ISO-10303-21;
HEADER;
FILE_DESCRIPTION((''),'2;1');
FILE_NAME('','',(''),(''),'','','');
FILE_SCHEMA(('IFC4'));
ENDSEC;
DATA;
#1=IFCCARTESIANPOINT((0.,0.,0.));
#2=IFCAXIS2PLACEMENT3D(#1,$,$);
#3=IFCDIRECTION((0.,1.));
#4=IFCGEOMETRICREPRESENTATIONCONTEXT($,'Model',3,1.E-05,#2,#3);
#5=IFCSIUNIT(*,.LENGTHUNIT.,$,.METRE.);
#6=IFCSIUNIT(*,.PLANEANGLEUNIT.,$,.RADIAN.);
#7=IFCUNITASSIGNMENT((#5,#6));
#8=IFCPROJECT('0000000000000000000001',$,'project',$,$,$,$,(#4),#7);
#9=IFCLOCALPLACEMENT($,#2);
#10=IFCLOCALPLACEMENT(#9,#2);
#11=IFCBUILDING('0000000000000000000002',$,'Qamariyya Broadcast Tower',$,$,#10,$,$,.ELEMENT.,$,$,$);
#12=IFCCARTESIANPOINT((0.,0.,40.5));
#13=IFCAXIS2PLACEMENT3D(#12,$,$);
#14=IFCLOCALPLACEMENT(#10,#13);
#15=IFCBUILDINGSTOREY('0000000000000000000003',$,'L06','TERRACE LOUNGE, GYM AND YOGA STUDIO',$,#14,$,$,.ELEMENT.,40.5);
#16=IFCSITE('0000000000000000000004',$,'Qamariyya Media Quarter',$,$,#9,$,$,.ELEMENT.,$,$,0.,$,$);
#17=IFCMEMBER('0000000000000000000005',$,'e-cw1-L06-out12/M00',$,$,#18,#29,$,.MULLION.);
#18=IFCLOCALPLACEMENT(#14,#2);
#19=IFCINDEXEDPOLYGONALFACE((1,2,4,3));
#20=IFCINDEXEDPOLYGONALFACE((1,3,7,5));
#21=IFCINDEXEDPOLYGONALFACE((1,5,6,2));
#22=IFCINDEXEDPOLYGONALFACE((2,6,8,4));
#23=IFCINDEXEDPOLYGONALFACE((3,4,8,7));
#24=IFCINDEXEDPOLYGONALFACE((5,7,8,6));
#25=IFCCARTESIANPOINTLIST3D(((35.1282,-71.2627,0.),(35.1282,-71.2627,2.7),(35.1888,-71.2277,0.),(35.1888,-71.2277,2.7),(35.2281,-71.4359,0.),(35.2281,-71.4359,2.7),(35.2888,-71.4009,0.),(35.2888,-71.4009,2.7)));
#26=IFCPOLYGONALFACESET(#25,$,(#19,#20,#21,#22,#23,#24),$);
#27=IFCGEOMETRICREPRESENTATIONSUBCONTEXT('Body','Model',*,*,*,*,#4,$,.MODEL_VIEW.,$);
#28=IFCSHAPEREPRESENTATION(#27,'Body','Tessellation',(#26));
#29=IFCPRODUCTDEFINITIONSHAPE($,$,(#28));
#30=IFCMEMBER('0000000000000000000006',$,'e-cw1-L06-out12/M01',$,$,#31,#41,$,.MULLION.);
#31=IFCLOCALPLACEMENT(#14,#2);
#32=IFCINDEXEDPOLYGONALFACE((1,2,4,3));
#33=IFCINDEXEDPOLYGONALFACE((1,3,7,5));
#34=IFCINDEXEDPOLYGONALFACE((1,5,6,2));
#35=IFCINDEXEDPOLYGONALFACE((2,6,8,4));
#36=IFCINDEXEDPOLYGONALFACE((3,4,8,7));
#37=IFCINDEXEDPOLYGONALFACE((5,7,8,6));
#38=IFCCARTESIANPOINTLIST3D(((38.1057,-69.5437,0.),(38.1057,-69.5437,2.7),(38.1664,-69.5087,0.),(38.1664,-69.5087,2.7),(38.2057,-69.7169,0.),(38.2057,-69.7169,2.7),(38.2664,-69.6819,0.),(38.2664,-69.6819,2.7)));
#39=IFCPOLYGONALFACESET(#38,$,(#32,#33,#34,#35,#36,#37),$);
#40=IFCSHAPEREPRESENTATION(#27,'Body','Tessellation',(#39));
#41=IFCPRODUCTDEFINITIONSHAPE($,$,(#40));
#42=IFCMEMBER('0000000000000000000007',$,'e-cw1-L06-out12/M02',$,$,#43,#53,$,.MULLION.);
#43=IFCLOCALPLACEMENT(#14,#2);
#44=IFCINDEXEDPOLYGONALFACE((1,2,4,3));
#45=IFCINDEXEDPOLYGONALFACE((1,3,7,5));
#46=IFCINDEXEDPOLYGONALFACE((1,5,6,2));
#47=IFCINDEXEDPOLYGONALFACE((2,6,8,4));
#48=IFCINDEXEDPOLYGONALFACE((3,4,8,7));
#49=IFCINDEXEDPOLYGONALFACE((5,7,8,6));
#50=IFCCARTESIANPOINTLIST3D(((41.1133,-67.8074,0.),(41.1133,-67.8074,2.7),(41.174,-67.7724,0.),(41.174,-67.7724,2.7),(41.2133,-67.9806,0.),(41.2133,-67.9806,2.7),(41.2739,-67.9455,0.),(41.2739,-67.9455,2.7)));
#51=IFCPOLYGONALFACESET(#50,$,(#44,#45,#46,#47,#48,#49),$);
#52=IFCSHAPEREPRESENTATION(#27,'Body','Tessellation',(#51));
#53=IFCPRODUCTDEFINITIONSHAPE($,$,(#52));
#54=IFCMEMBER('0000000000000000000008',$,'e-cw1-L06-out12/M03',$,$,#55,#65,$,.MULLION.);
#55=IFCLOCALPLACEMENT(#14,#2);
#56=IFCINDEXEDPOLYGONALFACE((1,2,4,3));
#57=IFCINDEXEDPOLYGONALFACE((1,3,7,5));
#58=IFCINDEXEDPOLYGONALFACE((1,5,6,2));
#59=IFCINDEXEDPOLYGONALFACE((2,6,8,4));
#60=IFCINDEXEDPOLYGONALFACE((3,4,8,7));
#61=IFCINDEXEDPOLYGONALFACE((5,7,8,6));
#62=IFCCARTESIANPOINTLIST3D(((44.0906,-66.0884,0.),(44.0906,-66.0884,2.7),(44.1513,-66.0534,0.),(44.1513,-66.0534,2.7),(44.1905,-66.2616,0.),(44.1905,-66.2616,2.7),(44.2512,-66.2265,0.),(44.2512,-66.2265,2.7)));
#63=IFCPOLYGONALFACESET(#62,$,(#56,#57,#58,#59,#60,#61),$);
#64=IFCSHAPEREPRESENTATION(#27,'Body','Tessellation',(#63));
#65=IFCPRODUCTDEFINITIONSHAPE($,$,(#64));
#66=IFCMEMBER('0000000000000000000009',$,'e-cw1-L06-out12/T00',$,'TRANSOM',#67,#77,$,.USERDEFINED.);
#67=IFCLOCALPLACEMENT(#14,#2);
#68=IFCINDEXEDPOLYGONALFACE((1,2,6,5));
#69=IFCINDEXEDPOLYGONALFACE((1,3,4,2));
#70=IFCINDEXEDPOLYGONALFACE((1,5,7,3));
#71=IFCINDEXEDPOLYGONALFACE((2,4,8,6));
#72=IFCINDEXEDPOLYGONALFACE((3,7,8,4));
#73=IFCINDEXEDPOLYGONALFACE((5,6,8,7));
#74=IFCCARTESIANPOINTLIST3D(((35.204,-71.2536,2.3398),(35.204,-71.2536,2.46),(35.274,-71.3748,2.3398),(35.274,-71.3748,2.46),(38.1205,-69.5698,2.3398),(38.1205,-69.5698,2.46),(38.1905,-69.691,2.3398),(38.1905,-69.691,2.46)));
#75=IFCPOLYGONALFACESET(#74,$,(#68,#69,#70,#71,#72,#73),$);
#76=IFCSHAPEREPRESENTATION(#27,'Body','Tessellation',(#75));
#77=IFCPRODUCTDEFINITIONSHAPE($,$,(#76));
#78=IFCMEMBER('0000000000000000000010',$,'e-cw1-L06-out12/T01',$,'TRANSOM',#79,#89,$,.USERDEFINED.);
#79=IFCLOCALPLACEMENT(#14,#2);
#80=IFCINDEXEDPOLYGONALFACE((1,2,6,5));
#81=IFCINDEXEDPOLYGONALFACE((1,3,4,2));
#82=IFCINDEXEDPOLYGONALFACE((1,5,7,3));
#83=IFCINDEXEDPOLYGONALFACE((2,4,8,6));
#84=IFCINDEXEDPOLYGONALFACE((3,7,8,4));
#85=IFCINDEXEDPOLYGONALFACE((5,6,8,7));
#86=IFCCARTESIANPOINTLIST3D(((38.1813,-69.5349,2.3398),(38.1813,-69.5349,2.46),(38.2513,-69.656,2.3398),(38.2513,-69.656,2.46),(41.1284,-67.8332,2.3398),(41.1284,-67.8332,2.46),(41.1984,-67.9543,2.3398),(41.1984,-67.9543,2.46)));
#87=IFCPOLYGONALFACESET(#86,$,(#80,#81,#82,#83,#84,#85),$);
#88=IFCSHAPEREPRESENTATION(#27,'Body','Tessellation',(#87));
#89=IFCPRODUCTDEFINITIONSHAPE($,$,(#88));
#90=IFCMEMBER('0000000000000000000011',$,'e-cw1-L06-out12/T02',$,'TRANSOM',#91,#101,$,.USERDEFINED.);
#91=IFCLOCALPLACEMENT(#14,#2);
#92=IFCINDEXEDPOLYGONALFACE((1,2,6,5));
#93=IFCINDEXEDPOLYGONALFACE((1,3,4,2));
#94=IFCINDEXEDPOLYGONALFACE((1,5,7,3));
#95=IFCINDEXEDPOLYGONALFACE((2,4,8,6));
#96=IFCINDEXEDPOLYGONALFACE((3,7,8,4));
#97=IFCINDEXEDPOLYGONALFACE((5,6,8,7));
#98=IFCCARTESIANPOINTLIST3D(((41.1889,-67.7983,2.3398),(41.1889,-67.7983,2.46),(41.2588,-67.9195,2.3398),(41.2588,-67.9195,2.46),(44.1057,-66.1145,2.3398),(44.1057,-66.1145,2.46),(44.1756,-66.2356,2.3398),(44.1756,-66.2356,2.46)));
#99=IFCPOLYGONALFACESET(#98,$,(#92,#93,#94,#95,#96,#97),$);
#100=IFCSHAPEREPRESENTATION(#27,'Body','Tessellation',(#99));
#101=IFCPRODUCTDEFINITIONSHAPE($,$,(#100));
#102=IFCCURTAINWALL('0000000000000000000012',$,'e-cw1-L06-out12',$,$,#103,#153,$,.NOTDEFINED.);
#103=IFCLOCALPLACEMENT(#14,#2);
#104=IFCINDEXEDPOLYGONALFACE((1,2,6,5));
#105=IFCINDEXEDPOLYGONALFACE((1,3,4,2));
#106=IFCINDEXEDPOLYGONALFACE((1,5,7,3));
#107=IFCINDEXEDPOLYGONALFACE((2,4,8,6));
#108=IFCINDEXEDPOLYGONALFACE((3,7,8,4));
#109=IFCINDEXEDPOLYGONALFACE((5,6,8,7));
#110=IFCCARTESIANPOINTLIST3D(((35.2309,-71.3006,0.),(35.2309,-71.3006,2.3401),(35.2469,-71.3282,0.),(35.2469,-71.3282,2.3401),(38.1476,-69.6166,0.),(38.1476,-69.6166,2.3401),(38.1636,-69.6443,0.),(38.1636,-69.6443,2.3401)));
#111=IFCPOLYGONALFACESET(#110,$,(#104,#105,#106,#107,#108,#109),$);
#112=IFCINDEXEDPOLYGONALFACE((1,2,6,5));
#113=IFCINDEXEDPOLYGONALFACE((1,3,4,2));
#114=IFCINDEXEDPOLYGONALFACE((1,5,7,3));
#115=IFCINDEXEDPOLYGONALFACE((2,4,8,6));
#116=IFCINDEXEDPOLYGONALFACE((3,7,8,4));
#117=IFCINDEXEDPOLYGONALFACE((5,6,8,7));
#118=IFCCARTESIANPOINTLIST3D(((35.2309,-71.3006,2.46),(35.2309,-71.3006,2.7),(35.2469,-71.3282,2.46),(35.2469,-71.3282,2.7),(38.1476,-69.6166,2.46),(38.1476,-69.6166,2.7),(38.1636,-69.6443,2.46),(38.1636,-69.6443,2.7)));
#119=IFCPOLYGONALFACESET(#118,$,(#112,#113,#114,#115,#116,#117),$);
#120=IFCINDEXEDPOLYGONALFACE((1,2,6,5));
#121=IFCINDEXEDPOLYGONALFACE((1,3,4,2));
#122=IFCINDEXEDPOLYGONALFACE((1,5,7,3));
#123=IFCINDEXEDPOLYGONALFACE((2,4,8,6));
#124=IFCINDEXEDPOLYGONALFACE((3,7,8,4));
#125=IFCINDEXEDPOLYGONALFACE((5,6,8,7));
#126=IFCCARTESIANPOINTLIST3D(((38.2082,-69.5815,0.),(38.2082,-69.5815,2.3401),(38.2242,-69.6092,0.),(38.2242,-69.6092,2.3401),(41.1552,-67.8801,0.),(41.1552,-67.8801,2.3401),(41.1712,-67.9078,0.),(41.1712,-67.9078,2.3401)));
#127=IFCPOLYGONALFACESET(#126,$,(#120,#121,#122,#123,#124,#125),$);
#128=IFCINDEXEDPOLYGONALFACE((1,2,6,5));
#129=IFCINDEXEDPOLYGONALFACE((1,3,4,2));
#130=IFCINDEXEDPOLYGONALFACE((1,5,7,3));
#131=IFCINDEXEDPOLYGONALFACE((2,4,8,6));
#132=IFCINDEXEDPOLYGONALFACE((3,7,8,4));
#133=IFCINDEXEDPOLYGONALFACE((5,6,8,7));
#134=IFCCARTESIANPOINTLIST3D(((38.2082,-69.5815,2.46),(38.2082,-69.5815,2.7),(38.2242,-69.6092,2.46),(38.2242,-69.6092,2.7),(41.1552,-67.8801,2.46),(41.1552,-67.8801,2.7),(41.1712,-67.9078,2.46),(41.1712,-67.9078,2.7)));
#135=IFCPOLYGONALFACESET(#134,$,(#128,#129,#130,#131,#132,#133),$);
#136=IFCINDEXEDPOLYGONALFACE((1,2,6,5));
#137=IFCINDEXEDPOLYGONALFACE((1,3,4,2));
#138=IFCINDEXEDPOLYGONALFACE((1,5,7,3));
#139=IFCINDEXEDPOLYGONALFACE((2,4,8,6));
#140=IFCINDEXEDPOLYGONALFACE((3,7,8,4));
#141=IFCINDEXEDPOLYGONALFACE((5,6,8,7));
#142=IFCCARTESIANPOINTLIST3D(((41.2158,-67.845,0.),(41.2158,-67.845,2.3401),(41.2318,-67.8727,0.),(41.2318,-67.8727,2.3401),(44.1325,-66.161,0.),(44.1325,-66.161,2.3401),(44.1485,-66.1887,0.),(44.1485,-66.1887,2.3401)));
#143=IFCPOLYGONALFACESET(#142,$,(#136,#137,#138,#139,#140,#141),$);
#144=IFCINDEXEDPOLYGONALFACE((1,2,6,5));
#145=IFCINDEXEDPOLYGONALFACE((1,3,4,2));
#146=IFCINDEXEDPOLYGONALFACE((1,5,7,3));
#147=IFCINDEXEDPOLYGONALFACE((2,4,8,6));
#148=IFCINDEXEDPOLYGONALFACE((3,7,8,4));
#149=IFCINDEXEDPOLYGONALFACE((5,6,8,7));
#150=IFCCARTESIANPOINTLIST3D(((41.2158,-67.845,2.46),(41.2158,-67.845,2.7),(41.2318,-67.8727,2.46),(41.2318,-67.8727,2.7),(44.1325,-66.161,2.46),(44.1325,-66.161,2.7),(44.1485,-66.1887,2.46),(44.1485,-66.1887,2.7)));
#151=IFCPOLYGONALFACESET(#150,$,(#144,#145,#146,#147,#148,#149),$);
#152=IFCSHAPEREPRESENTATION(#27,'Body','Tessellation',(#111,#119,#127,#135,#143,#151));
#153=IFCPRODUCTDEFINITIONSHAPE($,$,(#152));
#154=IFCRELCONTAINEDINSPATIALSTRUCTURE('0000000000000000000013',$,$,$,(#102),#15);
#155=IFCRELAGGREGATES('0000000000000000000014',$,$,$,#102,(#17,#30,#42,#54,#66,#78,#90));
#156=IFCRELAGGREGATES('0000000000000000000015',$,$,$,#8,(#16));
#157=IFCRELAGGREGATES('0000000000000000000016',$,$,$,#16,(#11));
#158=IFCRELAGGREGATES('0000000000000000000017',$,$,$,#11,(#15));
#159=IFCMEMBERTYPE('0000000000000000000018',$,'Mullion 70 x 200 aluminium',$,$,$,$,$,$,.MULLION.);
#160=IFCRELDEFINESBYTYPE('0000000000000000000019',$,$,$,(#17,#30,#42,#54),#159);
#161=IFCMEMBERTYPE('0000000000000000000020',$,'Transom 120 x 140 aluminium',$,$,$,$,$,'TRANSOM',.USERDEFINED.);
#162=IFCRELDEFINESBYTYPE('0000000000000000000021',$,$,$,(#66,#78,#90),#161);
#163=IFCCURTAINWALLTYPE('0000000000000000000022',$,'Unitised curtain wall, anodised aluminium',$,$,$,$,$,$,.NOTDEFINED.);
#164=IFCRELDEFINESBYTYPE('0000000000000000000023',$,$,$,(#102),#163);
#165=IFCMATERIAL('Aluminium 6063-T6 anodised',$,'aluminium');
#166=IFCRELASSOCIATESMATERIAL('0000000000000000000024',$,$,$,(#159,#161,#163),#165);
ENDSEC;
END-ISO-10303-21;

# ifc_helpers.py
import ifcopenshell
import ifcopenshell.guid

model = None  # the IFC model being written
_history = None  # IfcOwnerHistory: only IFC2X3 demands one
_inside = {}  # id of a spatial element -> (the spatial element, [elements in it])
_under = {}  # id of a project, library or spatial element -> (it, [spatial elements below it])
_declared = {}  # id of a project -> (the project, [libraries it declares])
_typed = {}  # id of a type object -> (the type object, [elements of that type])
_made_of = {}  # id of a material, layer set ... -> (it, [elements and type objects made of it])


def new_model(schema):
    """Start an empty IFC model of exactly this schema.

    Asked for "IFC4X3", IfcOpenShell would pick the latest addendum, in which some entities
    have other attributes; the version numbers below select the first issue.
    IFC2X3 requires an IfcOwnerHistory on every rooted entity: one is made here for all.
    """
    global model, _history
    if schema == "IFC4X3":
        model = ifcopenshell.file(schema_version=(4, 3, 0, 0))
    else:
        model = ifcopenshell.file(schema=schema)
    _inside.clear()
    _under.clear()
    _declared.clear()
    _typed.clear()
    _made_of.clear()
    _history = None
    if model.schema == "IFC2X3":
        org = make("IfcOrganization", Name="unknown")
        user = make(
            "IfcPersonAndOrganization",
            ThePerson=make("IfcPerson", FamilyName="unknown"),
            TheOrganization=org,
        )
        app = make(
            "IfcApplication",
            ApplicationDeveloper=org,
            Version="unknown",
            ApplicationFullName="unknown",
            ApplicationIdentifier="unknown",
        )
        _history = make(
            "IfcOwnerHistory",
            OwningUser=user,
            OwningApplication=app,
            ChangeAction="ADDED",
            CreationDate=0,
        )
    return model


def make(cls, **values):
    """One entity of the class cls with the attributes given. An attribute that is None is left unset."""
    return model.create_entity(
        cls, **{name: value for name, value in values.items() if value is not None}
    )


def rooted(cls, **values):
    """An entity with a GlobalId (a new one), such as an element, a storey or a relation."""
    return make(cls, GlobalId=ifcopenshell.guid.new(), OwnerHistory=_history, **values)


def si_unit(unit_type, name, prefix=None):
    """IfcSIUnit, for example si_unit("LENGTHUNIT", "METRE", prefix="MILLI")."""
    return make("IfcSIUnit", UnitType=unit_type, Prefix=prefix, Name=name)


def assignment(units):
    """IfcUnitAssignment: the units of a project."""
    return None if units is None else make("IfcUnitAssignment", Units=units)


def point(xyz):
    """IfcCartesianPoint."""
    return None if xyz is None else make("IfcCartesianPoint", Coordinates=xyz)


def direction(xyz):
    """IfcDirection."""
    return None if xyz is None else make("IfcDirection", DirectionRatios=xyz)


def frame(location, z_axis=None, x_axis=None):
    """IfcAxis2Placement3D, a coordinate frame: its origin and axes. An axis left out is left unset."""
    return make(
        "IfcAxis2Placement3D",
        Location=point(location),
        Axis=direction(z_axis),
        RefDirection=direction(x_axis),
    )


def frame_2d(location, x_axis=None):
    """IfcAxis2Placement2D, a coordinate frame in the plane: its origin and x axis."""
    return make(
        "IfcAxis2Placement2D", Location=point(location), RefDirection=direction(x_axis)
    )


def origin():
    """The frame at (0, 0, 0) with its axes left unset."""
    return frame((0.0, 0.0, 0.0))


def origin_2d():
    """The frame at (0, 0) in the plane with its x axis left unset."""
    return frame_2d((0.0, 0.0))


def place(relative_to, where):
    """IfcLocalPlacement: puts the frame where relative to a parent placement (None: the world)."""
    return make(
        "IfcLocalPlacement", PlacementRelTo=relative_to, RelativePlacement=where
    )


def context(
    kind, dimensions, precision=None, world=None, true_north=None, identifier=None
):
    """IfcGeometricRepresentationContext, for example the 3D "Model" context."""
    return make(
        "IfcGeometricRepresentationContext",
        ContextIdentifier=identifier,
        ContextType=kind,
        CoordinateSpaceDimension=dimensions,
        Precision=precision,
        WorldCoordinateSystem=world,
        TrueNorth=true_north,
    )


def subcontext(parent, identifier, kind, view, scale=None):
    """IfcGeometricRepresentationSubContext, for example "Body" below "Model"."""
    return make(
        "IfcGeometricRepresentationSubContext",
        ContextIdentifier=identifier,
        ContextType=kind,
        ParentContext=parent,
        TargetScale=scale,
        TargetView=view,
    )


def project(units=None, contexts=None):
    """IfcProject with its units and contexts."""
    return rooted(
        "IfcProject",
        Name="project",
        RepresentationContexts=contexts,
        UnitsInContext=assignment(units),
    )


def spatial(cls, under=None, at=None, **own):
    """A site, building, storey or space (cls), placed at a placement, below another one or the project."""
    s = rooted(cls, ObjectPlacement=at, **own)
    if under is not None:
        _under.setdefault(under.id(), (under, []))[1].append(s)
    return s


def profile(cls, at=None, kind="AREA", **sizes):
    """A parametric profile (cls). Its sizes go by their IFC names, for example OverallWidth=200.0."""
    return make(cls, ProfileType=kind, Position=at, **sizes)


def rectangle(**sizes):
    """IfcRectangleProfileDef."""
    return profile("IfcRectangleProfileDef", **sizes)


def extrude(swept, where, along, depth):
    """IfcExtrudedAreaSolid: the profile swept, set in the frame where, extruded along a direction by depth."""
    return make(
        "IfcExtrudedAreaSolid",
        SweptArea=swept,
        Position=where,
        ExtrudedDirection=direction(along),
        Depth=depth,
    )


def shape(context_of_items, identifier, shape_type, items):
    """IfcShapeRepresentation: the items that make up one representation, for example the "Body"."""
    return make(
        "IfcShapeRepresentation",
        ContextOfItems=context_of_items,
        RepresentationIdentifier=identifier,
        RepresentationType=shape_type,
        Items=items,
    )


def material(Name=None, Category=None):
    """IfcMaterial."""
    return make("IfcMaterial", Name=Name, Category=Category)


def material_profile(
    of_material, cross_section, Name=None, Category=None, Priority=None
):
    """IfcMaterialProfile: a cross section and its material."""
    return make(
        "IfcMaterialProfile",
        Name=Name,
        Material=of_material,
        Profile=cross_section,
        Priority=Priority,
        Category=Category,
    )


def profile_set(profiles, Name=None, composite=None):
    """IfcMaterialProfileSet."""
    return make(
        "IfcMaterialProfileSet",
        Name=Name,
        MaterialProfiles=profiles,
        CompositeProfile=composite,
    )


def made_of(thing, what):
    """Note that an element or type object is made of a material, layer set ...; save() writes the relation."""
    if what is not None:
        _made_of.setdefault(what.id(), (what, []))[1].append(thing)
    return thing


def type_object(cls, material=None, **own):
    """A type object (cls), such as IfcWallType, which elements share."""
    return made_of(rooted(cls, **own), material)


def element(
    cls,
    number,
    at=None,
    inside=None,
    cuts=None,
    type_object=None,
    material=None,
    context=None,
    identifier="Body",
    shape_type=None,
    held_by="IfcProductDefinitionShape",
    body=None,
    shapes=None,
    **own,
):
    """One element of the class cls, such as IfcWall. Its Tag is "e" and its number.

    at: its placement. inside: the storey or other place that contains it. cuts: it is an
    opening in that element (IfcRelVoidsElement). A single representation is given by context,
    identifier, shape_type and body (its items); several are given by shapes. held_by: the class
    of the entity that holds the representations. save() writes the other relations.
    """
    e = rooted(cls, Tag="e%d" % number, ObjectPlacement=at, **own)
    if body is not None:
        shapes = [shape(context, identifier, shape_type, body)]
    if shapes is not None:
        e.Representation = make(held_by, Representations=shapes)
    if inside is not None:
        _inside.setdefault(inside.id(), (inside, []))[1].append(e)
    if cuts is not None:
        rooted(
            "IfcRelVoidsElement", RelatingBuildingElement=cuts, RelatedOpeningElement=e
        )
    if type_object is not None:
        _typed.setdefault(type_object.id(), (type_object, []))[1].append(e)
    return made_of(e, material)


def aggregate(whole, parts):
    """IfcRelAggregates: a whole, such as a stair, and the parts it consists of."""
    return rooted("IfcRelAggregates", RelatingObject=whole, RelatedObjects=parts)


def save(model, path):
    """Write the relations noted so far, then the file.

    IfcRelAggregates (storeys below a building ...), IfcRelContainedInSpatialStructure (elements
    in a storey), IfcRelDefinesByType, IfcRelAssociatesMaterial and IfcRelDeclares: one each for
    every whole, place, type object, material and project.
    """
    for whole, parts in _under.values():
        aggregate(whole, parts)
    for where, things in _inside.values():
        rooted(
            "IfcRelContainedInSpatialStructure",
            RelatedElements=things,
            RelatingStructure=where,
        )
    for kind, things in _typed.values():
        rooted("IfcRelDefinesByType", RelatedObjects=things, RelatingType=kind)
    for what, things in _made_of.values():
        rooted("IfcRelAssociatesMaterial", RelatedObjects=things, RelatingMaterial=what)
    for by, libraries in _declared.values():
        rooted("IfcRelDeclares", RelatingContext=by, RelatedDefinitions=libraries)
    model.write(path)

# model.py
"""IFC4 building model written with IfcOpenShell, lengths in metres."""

from ifc_helpers import new_model, si_unit, direction, frame, origin, origin_2d, place, context, subcontext, project, spatial, rectangle, extrude, material, material_profile, profile_set, type_object, element, aggregate, save


model = new_model("IFC4")

# Units and contexts
model_context = context("Model", 3, precision=1e-05, world=origin(), true_north=direction((0.0, 1.0)))
body_context = subcontext(model_context, "Body", "Model", "MODEL_VIEW")
ifc_project = project(units=[si_unit("LENGTHUNIT", "METRE"), si_unit("PLANEANGLEUNIT", "RADIAN")], contexts=[model_context])

# Members
ifc_material = material(Name="Aluminium 6063-T6 anodised", Category="aluminium")
ifc_material_profile_1 = material_profile(ifc_material, rectangle(XDim=0.2, YDim=0.0701, at=origin_2d()))
ifc_profile_set_1 = profile_set([ifc_material_profile_1], Name="Aluminium 6063-T6 anodised")
member_type_1 = type_object("IfcMemberType", Name="Mullion 70 x 200 aluminium", PredefinedType="MULLION", material=ifc_profile_set_1)
site_placement = place(None, origin())
building_placement = place(site_placement, origin())
storey_placement = place(building_placement, frame((0.0, 0.0, 40.5)))
member_1_placement = place(storey_placement, frame((35.2085, -71.3318, 0.0), z_axis=(0.0, 0.0, 1.0), x_axis=(-0.5, 0.866025, 0.0)))
member_1 = element("IfcMember", 1, at=member_1_placement, type_object=member_type_1, Name="e-cw1-L06-out12/M00", PredefinedType="MULLION", context=body_context, shape_type="SweptSolid", body=[
    extrude(rectangle(XDim=0.2, YDim=0.0701, at=origin_2d()), origin(), (0.0, 0.0, 1.0), 2.7),
])
member_2_placement = place(storey_placement, frame((38.186, -69.6128, 0.0), z_axis=(0.0, 0.0, 1.0), x_axis=(-0.5, 0.866025, 0.0)))
member_2 = element("IfcMember", 2, at=member_2_placement, type_object=member_type_1, Name="e-cw1-L06-out12/M01", PredefinedType="MULLION", context=body_context, shape_type="SweptSolid", body=[
    extrude(rectangle(XDim=0.2, YDim=0.0701, at=origin_2d()), origin(), (0.0, 0.0, 1.0), 2.7),
])
member_3_placement = place(storey_placement, frame((41.1936, -67.8765, 0.0), z_axis=(0.0, 0.0, 1.0), x_axis=(-0.5, 0.866025, 0.0)))
member_3 = element("IfcMember", 3, at=member_3_placement, type_object=member_type_1, Name="e-cw1-L06-out12/M02", PredefinedType="MULLION", context=body_context, shape_type="SweptSolid", body=[
    extrude(rectangle(XDim=0.2, YDim=0.0701, at=origin_2d()), origin(), (0.0, 0.0, 1.0), 2.7),
])
member_4_placement = place(storey_placement, frame((44.1709, -66.1575, 0.0), z_axis=(0.0, 0.0, 1.0), x_axis=(-0.5, 0.866025, 0.0)))
member_4 = element("IfcMember", 4, at=member_4_placement, type_object=member_type_1, Name="e-cw1-L06-out12/M03", PredefinedType="MULLION", context=body_context, shape_type="SweptSolid", body=[
    extrude(rectangle(XDim=0.2, YDim=0.0701, at=origin_2d()), origin(), (0.0, 0.0, 1.0), 2.7),
])
ifc_material_profile_2 = material_profile(ifc_material, rectangle(XDim=0.1399, YDim=0.1201, at=origin_2d()))
ifc_profile_set_2 = profile_set([ifc_material_profile_2], Name="Aluminium 6063-T6 anodised")
member_type_2 = type_object("IfcMemberType", Name="Transom 120 x 140 aluminium", ElementType="TRANSOM", PredefinedType="USERDEFINED", material=ifc_profile_set_2)
member_5_placement = place(storey_placement, frame((35.239, -71.3142, 2.3999), z_axis=(0.866026, 0.499999, 0.0), x_axis=(-0.499999, 0.866026, 0.0)))
member_5 = element("IfcMember", 5, at=member_5_placement, type_object=member_type_2, Name="e-cw1-L06-out12/T00", ObjectType="TRANSOM", PredefinedType="USERDEFINED", context=body_context, shape_type="SweptSolid", body=[
    extrude(rectangle(XDim=0.1399, YDim=0.1201, at=origin_2d()), origin(), (0.0, 0.0, 1.0), 3.3677),
])
member_6_placement = place(storey_placement, frame((38.2163, -69.5955, 2.3999), z_axis=(0.866, 0.500043, 0.0), x_axis=(-0.500043, 0.866, 0.0)))
member_6 = element("IfcMember", 6, at=member_6_placement, type_object=member_type_2, Name="e-cw1-L06-out12/T01", ObjectType="TRANSOM", PredefinedType="USERDEFINED", context=body_context, shape_type="SweptSolid", body=[
    extrude(rectangle(XDim=0.1399, YDim=0.1201, at=origin_2d()), origin(), (0.0, 0.0, 1.0), 3.4031),
])
member_7_placement = place(storey_placement, frame((41.2239, -67.8589, 2.3999), z_axis=(0.866044, 0.499967, 0.0), x_axis=(-0.499967, 0.866044, 0.0)))
member_7 = element("IfcMember", 7, at=member_7_placement, type_object=member_type_2, Name="e-cw1-L06-out12/T02", ObjectType="TRANSOM", PredefinedType="USERDEFINED", context=body_context, shape_type="SweptSolid", body=[
    extrude(rectangle(XDim=0.1399, YDim=0.1201, at=origin_2d()), origin(), (0.0, 0.0, 1.0), 3.3679),
])

# Site, building, storey
site = spatial("IfcSite", under=ifc_project, at=site_placement, Name="Qamariyya Media Quarter", CompositionType="ELEMENT", RefElevation=0.0)
building = spatial("IfcBuilding", under=site, at=building_placement, Name="Qamariyya Broadcast Tower", CompositionType="ELEMENT")
storey = spatial("IfcBuildingStorey", under=building, at=storey_placement, Name="L06", Description="TERRACE LOUNGE, GYM AND YOGA STUDIO", CompositionType="ELEMENT", Elevation=40.5)

# Curtain wall
curtain_wall_type = type_object("IfcCurtainWallType", Name="Unitised curtain wall, anodised aluminium", PredefinedType="NOTDEFINED", material=ifc_material)
curtain_wall_1_placement = place(storey_placement, origin())
curtain_wall_1 = element("IfcCurtainWall", 8, at=curtain_wall_1_placement, inside=storey, type_object=curtain_wall_type, Name="e-cw1-L06-out12", PredefinedType="NOTDEFINED", context=body_context, shape_type="SweptSolid", body=[
    extrude(rectangle(XDim=3.3679, YDim=0.032, at=origin_2d()), frame((36.6973, -70.4724, 0.0), x_axis=(0.866022, 0.500005, 0.0)), (0.0, 0.0, 1.0), 2.3401),
    extrude(rectangle(XDim=3.3679, YDim=0.032, at=origin_2d()), frame((36.6973, -70.4724, 2.46), x_axis=(0.866022, 0.500005, 0.0)), (0.0, 0.0, 1.0), 0.24),
    extrude(rectangle(XDim=3.4028, YDim=0.032, at=origin_2d()), frame((39.6897, -68.7446, 0.0), x_axis=(0.866022, 0.500005, 0.0)), (0.0, 0.0, 1.0), 2.3401),
    extrude(rectangle(XDim=3.4028, YDim=0.032, at=origin_2d()), frame((39.6897, -68.7446, 2.46), x_axis=(0.866022, 0.500005, 0.0)), (0.0, 0.0, 1.0), 0.24),
    extrude(rectangle(XDim=3.3679, YDim=0.032, at=origin_2d()), frame((42.6821, -67.0168, 0.0), x_axis=(0.866022, 0.500005, 0.0)), (0.0, 0.0, 1.0), 2.3401),
    extrude(rectangle(XDim=3.3679, YDim=0.032, at=origin_2d()), frame((42.6821, -67.0168, 2.46), x_axis=(0.866022, 0.500005, 0.0)), (0.0, 0.0, 1.0), 0.24),
])
aggregate(curtain_wall_1, [member_1, member_2, member_3, member_4, member_5, member_6, member_7])

save(model, "model.ifc")
